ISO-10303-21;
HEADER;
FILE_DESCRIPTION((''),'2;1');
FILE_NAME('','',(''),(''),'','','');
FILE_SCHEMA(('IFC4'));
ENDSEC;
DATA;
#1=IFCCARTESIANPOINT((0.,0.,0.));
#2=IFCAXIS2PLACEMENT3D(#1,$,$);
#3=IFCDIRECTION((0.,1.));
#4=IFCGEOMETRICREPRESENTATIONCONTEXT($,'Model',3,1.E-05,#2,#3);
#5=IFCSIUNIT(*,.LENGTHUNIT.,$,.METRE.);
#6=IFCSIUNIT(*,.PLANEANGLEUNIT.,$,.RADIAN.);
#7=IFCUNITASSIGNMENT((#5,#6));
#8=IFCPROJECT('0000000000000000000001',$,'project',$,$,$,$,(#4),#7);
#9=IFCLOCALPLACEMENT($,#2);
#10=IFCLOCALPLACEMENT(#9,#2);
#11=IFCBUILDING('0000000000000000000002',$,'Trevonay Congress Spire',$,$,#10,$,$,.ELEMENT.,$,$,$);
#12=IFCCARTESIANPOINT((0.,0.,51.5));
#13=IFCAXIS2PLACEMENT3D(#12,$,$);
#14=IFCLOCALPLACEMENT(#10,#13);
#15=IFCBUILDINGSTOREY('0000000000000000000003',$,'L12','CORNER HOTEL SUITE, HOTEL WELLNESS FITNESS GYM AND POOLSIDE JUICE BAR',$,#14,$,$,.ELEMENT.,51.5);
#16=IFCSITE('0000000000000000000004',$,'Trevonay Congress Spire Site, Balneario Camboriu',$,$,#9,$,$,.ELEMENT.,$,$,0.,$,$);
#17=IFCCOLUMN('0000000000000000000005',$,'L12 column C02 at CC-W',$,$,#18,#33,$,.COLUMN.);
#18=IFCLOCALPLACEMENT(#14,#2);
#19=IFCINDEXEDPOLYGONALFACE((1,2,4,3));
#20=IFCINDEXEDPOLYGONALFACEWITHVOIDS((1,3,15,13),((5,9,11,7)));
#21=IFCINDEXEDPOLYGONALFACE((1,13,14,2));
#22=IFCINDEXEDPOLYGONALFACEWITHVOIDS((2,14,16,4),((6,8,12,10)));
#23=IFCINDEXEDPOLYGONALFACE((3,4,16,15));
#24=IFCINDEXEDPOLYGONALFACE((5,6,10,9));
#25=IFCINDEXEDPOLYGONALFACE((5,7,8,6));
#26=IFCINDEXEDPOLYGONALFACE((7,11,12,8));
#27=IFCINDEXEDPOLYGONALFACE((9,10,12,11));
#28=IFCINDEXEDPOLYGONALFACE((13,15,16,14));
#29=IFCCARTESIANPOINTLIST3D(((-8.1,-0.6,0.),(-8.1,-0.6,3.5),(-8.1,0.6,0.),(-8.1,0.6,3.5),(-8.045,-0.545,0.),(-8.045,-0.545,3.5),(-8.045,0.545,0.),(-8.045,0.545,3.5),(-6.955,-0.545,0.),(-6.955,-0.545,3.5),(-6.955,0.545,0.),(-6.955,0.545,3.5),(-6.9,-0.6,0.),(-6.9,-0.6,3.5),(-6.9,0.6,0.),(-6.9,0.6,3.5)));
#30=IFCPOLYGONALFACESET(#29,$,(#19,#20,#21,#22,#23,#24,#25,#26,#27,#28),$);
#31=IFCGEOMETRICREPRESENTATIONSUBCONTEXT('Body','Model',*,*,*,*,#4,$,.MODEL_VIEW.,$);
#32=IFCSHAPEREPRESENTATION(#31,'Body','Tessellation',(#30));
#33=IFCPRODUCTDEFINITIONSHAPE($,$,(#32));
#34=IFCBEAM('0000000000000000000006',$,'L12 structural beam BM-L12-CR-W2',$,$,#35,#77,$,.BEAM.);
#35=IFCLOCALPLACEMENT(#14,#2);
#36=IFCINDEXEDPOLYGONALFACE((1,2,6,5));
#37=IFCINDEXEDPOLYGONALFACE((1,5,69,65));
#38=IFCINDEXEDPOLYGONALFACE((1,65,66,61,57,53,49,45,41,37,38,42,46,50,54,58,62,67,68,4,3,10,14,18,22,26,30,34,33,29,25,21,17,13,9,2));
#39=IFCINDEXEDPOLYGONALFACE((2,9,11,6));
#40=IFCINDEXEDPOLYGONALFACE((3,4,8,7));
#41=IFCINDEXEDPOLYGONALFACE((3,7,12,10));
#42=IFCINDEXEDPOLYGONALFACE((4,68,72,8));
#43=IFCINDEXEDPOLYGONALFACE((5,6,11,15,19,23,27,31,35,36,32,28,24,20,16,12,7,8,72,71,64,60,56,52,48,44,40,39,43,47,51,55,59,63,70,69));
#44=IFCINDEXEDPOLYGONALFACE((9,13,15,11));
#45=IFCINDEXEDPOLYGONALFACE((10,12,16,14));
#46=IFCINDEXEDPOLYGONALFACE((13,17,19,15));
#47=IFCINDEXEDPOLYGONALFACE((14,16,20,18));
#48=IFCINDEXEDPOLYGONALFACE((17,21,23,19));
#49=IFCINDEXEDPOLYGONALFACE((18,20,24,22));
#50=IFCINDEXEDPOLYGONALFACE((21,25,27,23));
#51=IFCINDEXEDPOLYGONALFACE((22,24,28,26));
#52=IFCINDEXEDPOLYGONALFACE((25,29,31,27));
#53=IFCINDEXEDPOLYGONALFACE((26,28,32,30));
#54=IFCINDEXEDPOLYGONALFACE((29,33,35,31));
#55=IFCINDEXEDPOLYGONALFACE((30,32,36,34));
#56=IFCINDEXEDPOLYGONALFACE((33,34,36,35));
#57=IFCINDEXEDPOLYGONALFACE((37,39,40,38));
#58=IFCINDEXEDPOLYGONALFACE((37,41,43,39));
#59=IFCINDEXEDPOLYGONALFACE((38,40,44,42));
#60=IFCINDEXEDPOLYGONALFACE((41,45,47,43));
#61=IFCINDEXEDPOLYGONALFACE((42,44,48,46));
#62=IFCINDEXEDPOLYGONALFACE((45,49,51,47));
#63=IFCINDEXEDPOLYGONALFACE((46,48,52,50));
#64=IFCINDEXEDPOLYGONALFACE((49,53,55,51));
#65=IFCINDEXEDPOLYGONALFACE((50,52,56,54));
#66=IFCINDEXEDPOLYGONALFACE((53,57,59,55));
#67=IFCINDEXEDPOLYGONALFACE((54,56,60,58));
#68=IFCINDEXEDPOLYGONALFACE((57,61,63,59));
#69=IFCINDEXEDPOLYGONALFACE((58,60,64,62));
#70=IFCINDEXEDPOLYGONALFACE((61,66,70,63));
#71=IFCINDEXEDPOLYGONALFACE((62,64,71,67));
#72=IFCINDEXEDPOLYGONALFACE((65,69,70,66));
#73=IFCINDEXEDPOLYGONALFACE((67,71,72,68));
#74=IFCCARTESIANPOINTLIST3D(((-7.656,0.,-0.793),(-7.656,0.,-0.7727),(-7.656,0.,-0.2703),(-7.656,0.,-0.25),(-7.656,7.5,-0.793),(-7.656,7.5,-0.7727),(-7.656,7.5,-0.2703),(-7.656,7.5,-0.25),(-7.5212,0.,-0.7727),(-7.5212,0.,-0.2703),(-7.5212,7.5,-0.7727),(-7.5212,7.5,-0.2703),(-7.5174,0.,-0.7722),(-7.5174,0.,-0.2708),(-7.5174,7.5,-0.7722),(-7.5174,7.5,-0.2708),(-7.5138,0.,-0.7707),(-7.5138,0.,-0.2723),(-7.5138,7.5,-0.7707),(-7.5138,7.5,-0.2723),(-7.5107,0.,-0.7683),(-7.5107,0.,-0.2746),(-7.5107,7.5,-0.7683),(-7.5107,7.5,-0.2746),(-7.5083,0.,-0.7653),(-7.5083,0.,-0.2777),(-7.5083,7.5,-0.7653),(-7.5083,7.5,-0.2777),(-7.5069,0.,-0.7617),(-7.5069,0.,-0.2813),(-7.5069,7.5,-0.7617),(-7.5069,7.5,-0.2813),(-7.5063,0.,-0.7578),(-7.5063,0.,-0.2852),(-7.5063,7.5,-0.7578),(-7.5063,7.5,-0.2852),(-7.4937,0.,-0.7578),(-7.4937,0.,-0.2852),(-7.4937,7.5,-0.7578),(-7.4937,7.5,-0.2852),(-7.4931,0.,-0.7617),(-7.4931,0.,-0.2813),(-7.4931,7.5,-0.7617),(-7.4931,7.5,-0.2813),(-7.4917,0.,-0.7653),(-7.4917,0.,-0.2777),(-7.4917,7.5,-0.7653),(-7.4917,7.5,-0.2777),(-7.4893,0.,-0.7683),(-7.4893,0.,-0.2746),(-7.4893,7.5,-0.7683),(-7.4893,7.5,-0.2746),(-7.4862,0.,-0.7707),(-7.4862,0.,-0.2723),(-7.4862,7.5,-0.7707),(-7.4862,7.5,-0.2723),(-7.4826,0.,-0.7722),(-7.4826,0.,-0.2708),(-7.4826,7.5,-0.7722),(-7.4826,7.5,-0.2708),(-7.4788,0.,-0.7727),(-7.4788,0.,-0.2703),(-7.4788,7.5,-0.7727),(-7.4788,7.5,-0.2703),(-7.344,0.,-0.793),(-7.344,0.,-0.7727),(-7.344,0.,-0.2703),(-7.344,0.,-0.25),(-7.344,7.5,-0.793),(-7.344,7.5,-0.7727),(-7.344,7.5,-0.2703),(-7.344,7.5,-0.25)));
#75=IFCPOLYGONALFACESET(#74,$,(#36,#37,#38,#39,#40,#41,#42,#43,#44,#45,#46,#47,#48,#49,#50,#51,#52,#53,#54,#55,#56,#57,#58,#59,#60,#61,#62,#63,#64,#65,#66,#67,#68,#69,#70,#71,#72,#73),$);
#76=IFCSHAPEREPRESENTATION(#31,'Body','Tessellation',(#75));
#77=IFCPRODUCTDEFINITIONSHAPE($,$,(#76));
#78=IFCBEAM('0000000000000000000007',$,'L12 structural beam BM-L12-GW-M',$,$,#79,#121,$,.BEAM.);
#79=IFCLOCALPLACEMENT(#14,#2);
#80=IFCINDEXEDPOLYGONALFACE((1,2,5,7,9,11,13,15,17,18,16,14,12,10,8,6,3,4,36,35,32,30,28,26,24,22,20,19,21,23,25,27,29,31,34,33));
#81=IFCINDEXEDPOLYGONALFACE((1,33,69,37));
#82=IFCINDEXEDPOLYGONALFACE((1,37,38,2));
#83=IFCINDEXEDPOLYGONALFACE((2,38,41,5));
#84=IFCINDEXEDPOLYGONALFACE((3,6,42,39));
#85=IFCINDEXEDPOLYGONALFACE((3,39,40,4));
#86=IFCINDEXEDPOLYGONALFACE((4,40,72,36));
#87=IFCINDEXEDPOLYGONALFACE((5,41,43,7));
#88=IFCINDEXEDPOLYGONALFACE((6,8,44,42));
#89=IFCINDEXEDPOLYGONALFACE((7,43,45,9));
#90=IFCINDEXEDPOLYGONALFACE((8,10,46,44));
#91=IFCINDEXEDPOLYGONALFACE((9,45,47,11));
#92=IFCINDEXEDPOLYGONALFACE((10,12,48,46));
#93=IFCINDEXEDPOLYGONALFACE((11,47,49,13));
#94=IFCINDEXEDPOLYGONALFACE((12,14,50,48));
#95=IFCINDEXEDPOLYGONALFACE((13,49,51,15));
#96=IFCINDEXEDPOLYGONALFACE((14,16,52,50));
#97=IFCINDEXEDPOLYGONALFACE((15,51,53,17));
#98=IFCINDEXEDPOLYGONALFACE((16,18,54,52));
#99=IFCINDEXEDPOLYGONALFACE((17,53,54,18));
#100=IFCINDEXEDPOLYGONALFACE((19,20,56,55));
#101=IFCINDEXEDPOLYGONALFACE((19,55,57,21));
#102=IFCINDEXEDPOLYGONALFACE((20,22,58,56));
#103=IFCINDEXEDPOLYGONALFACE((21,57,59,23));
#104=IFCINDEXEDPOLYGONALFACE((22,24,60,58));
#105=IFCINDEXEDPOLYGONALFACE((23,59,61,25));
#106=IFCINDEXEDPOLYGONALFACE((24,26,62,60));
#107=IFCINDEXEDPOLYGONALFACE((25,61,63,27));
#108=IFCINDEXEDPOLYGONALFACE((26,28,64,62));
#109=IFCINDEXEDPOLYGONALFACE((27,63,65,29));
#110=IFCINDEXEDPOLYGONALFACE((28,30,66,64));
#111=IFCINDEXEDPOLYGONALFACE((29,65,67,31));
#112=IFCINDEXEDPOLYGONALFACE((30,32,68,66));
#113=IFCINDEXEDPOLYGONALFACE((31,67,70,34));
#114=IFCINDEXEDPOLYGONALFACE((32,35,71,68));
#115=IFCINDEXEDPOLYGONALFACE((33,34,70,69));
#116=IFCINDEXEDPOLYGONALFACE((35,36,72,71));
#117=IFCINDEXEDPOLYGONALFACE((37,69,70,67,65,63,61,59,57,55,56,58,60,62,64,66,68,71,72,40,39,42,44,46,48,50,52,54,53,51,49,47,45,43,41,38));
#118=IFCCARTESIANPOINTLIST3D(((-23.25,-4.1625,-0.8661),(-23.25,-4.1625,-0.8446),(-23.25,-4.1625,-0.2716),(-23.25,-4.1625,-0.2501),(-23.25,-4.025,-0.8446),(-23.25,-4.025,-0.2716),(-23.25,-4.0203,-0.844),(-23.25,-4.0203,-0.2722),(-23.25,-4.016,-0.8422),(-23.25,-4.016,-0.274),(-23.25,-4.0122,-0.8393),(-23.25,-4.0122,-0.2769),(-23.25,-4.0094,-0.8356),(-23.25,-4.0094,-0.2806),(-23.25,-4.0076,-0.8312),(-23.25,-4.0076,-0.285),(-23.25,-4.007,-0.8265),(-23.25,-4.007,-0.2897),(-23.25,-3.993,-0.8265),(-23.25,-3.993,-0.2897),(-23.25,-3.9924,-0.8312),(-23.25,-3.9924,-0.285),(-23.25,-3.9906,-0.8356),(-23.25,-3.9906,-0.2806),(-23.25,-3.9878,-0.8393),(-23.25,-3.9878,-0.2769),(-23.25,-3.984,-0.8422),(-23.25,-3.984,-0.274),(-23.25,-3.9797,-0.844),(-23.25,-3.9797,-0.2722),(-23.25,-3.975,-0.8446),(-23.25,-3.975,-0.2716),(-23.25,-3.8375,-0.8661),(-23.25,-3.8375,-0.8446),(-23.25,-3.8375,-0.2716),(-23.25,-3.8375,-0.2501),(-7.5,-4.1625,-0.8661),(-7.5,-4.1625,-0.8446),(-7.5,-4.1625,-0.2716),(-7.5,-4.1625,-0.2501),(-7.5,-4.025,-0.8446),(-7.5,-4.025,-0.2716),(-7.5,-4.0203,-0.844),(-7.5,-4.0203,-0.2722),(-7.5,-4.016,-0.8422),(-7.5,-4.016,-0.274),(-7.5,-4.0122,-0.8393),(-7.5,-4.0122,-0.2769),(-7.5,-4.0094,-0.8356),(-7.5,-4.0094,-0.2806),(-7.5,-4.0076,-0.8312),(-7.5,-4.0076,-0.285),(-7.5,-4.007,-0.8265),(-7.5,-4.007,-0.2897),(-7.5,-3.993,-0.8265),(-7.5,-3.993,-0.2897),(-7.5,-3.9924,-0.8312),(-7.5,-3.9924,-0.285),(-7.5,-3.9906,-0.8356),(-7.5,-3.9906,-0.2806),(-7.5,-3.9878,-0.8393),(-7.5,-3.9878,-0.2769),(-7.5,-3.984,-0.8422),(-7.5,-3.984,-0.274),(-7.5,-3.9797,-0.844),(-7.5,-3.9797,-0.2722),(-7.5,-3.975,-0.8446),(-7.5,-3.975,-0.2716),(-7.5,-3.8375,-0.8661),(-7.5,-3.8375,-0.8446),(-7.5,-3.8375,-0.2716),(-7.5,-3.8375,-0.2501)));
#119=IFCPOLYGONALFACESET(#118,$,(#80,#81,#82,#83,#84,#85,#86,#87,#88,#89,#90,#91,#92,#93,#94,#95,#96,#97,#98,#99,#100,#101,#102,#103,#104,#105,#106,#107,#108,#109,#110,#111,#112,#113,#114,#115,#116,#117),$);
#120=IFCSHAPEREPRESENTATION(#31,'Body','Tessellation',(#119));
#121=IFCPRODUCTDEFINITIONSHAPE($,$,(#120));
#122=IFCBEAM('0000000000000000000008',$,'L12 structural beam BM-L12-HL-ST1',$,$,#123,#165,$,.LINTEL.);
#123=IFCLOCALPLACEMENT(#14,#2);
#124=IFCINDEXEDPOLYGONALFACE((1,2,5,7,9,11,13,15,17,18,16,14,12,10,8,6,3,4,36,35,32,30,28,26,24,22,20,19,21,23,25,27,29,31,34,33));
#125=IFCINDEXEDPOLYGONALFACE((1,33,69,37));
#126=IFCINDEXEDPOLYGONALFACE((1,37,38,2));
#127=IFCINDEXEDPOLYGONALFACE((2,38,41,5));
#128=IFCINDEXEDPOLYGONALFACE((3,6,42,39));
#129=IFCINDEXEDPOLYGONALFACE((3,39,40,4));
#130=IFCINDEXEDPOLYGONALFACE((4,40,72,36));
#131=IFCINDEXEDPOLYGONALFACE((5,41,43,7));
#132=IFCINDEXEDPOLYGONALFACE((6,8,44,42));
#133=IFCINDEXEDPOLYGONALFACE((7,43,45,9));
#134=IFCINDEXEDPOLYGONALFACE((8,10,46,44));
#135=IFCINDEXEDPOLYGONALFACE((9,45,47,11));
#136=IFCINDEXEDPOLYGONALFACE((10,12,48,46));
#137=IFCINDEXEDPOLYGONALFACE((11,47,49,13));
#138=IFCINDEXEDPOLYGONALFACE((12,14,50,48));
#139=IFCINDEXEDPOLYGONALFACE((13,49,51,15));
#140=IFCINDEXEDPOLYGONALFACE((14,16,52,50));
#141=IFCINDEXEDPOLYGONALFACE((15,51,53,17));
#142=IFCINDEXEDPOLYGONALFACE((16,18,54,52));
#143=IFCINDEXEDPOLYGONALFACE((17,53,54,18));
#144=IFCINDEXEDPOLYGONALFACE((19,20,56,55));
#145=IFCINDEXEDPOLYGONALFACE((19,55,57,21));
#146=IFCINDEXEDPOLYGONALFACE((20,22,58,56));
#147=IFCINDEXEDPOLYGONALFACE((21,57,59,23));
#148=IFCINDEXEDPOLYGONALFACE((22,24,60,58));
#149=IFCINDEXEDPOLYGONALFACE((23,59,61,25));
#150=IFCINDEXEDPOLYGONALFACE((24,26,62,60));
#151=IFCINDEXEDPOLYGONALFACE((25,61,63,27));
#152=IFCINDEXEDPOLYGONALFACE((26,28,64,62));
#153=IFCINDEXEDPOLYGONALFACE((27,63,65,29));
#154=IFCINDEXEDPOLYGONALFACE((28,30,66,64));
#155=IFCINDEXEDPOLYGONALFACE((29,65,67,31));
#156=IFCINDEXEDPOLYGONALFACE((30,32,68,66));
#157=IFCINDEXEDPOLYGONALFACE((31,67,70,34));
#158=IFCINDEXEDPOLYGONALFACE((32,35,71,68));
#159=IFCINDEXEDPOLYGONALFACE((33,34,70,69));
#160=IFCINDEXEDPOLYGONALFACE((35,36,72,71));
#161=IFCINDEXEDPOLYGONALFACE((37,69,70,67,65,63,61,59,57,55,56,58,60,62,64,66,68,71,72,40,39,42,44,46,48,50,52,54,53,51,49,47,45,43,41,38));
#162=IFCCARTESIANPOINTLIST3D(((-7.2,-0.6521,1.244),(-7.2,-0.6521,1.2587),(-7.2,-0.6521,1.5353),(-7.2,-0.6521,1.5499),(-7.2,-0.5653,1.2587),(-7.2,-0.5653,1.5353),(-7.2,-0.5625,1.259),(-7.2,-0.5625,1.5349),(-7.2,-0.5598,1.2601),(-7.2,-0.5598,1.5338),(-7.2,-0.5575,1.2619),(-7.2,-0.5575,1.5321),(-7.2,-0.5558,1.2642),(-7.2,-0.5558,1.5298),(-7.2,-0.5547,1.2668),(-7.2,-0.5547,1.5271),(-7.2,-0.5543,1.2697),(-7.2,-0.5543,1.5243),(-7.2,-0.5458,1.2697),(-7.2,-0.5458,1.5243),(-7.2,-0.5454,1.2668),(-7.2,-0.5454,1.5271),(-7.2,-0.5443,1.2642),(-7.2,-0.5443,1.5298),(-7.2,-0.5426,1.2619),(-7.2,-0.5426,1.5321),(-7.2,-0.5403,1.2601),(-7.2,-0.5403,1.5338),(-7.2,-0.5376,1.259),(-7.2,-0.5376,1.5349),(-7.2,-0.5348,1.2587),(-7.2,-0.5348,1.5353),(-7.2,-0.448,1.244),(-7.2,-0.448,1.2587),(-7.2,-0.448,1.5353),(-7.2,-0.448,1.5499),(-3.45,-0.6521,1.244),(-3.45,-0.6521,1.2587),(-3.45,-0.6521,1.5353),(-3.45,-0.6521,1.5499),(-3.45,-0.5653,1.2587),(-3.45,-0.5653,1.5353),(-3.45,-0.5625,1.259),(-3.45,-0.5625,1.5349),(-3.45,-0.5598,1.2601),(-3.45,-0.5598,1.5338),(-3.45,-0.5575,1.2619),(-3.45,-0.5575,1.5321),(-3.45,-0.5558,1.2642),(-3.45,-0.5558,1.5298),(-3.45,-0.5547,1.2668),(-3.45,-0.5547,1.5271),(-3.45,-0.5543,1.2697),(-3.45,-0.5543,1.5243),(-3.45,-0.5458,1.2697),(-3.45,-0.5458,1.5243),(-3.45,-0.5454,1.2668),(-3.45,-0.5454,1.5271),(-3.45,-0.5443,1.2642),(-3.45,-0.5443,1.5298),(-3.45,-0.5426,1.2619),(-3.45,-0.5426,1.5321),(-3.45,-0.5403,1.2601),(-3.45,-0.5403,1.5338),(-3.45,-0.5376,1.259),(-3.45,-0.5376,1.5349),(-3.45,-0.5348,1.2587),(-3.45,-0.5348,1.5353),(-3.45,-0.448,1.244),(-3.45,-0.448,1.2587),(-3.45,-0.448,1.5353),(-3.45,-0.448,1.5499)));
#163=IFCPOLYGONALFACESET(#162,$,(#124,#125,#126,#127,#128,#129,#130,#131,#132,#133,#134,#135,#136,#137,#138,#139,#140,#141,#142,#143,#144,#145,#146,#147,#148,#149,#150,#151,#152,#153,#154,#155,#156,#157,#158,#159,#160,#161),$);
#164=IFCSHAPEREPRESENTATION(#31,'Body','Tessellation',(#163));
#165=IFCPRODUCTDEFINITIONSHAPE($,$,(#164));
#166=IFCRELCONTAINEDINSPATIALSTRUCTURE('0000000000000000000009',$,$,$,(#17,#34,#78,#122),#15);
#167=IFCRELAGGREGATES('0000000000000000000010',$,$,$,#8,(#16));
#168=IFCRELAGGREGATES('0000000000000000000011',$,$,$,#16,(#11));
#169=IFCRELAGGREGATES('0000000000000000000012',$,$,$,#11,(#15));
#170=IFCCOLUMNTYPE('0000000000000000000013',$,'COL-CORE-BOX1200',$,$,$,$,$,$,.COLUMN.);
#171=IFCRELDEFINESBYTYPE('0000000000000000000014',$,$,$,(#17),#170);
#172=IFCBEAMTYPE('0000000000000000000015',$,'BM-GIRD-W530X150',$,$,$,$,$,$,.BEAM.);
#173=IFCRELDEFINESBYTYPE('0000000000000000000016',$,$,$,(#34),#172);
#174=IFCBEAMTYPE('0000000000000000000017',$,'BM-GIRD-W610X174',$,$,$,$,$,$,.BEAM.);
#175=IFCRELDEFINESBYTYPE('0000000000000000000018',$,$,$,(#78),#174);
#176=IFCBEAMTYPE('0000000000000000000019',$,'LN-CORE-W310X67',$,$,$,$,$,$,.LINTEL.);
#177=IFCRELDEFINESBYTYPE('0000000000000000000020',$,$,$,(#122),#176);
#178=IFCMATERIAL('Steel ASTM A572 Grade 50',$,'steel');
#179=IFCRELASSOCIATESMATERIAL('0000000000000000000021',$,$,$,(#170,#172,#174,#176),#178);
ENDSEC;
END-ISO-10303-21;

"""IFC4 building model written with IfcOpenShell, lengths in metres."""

from ifc_helpers import new_model, si_unit, direction, frame, origin, origin_2d, place, context, subcontext, project, spatial, hollow_rectangle, i_section, extrude, material, material_profile, profile_set, type_object, element, save


model = new_model("IFC4")

# Units and contexts
model_context = context("Model", 3, precision=1e-05, world=origin(), true_north=direction((0.0, 1.0)))
body_context = subcontext(model_context, "Body", "Model", "MODEL_VIEW")
ifc_project = project(units=[si_unit("LENGTHUNIT", "METRE"), si_unit("PLANEANGLEUNIT", "RADIAN")], contexts=[model_context])

# Site, building, storey
site_placement = place(None, origin())
site = spatial("IfcSite", under=ifc_project, at=site_placement, Name="Trevonay Congress Spire Site, Balneario Camboriu", CompositionType="ELEMENT", RefElevation=0.0)
building_placement = place(site_placement, origin())
building = spatial("IfcBuilding", under=site, at=building_placement, Name="Trevonay Congress Spire", CompositionType="ELEMENT")
storey_placement = place(building_placement, frame((0.0, 0.0, 51.5)))
storey = spatial("IfcBuildingStorey", under=building, at=storey_placement, Name="L12", Description="CORNER HOTEL SUITE, HOTEL WELLNESS FITNESS GYM AND POOLSIDE JUICE BAR", CompositionType="ELEMENT", Elevation=51.5)

# Column
ifc_material_1 = material(Name="Steel ASTM A572 Grade 50", Category="steel")
ifc_material_profile_1 = material_profile(ifc_material_1, hollow_rectangle(XDim=1.2, YDim=1.2, WallThickness=0.0549, at=origin_2d()), Name="BOX 1200x1200x55")
ifc_profile_set_1 = profile_set([ifc_material_profile_1], Name="Steel ASTM A572 Grade 50")
column_type = type_object("IfcColumnType", Name="COL-CORE-BOX1200", PredefinedType="COLUMN", material=ifc_profile_set_1)
column_placement = place(storey_placement, frame((-7.5, 0.0, 0.0), z_axis=(0.0, 0.0, 1.0), x_axis=(1.0, 0.0, 0.0)))
element("IfcColumn", 1, at=column_placement, inside=storey, type_object=column_type, Name="L12 column C02 at CC-W", PredefinedType="COLUMN", context=body_context, shape_type="SweptSolid", body=[
    extrude(hollow_rectangle(XDim=1.2, YDim=1.2, WallThickness=0.0549, at=origin_2d()), origin(), (0.0, 0.0, 1.0), 3.5),
])

# Beams
ifc_material_profile_2 = material_profile(ifc_material_1, i_section(OverallWidth=0.312, OverallDepth=0.543, WebThickness=0.0127, FlangeThickness=0.0203, FilletRadius=0.0149, at=origin_2d()), Name="W530x150")
ifc_profile_set_2 = profile_set([ifc_material_profile_2], Name="Steel ASTM A572 Grade 50")
beam_type_1 = type_object("IfcBeamType", Name="BM-GIRD-W530X150", PredefinedType="BEAM", material=ifc_profile_set_2)
beam_1_placement = place(storey_placement, frame((-7.5, 0.0, -0.5215), z_axis=(0.0, 1.0, 0.0), x_axis=(-1.0, 0.0, 0.0)))
element("IfcBeam", 2, at=beam_1_placement, inside=storey, type_object=beam_type_1, Name="L12 structural beam BM-L12-CR-W2", PredefinedType="BEAM", context=body_context, shape_type="SweptSolid", body=[
    extrude(i_section(OverallWidth=0.312, OverallDepth=0.543, WebThickness=0.0127, FlangeThickness=0.0203, FilletRadius=0.0149, at=origin_2d()), origin(), (0.0, 0.0, 1.0), 7.5),
])
ifc_material_profile_3 = material_profile(ifc_material_1, i_section(OverallWidth=0.325, OverallDepth=0.616, WebThickness=0.0139, FlangeThickness=0.0215, FilletRadius=0.0181, at=origin_2d()), Name="W610x174")
ifc_profile_set_3 = profile_set([ifc_material_profile_3], Name="Steel ASTM A572 Grade 50")
beam_type_2 = type_object("IfcBeamType", Name="BM-GIRD-W610X174", PredefinedType="BEAM", material=ifc_profile_set_3)
beam_2_placement = place(storey_placement, frame((-7.5, -4.0, -0.5581), z_axis=(-1.0, 0.0, 0.0), x_axis=(0.0, -1.0, 0.0)))
element("IfcBeam", 3, at=beam_2_placement, inside=storey, type_object=beam_type_2, Name="L12 structural beam BM-L12-GW-M", PredefinedType="BEAM", context=body_context, shape_type="SweptSolid", body=[
    extrude(i_section(OverallWidth=0.325, OverallDepth=0.616, WebThickness=0.0139, FlangeThickness=0.0215, FilletRadius=0.0181, at=origin_2d()), origin(), (0.0, 0.0, 1.0), 15.75),
])
ifc_material_profile_4 = material_profile(ifc_material_1, i_section(OverallWidth=0.2041, OverallDepth=0.3059, WebThickness=0.0085, FlangeThickness=0.0146, FilletRadius=0.011, at=origin_2d()), Name="W310x67")
ifc_profile_set_4 = profile_set([ifc_material_profile_4], Name="Steel ASTM A572 Grade 50")
beam_type_3 = type_object("IfcBeamType", Name="LN-CORE-W310X67", PredefinedType="LINTEL", material=ifc_profile_set_4)
beam_3_placement = place(storey_placement, frame((-7.2, -0.55, 1.397), z_axis=(1.0, 0.0, 0.0), x_axis=(0.0, 1.0, 0.0)))
element("IfcBeam", 4, at=beam_3_placement, inside=storey, type_object=beam_type_3, Name="L12 structural beam BM-L12-HL-ST1", PredefinedType="LINTEL", context=body_context, shape_type="SweptSolid", body=[
    extrude(i_section(OverallWidth=0.2041, OverallDepth=0.3059, WebThickness=0.0085, FlangeThickness=0.0146, FilletRadius=0.011, at=origin_2d()), origin(), (0.0, 0.0, 1.0), 3.75),
])

save(model, "model.ifc")
